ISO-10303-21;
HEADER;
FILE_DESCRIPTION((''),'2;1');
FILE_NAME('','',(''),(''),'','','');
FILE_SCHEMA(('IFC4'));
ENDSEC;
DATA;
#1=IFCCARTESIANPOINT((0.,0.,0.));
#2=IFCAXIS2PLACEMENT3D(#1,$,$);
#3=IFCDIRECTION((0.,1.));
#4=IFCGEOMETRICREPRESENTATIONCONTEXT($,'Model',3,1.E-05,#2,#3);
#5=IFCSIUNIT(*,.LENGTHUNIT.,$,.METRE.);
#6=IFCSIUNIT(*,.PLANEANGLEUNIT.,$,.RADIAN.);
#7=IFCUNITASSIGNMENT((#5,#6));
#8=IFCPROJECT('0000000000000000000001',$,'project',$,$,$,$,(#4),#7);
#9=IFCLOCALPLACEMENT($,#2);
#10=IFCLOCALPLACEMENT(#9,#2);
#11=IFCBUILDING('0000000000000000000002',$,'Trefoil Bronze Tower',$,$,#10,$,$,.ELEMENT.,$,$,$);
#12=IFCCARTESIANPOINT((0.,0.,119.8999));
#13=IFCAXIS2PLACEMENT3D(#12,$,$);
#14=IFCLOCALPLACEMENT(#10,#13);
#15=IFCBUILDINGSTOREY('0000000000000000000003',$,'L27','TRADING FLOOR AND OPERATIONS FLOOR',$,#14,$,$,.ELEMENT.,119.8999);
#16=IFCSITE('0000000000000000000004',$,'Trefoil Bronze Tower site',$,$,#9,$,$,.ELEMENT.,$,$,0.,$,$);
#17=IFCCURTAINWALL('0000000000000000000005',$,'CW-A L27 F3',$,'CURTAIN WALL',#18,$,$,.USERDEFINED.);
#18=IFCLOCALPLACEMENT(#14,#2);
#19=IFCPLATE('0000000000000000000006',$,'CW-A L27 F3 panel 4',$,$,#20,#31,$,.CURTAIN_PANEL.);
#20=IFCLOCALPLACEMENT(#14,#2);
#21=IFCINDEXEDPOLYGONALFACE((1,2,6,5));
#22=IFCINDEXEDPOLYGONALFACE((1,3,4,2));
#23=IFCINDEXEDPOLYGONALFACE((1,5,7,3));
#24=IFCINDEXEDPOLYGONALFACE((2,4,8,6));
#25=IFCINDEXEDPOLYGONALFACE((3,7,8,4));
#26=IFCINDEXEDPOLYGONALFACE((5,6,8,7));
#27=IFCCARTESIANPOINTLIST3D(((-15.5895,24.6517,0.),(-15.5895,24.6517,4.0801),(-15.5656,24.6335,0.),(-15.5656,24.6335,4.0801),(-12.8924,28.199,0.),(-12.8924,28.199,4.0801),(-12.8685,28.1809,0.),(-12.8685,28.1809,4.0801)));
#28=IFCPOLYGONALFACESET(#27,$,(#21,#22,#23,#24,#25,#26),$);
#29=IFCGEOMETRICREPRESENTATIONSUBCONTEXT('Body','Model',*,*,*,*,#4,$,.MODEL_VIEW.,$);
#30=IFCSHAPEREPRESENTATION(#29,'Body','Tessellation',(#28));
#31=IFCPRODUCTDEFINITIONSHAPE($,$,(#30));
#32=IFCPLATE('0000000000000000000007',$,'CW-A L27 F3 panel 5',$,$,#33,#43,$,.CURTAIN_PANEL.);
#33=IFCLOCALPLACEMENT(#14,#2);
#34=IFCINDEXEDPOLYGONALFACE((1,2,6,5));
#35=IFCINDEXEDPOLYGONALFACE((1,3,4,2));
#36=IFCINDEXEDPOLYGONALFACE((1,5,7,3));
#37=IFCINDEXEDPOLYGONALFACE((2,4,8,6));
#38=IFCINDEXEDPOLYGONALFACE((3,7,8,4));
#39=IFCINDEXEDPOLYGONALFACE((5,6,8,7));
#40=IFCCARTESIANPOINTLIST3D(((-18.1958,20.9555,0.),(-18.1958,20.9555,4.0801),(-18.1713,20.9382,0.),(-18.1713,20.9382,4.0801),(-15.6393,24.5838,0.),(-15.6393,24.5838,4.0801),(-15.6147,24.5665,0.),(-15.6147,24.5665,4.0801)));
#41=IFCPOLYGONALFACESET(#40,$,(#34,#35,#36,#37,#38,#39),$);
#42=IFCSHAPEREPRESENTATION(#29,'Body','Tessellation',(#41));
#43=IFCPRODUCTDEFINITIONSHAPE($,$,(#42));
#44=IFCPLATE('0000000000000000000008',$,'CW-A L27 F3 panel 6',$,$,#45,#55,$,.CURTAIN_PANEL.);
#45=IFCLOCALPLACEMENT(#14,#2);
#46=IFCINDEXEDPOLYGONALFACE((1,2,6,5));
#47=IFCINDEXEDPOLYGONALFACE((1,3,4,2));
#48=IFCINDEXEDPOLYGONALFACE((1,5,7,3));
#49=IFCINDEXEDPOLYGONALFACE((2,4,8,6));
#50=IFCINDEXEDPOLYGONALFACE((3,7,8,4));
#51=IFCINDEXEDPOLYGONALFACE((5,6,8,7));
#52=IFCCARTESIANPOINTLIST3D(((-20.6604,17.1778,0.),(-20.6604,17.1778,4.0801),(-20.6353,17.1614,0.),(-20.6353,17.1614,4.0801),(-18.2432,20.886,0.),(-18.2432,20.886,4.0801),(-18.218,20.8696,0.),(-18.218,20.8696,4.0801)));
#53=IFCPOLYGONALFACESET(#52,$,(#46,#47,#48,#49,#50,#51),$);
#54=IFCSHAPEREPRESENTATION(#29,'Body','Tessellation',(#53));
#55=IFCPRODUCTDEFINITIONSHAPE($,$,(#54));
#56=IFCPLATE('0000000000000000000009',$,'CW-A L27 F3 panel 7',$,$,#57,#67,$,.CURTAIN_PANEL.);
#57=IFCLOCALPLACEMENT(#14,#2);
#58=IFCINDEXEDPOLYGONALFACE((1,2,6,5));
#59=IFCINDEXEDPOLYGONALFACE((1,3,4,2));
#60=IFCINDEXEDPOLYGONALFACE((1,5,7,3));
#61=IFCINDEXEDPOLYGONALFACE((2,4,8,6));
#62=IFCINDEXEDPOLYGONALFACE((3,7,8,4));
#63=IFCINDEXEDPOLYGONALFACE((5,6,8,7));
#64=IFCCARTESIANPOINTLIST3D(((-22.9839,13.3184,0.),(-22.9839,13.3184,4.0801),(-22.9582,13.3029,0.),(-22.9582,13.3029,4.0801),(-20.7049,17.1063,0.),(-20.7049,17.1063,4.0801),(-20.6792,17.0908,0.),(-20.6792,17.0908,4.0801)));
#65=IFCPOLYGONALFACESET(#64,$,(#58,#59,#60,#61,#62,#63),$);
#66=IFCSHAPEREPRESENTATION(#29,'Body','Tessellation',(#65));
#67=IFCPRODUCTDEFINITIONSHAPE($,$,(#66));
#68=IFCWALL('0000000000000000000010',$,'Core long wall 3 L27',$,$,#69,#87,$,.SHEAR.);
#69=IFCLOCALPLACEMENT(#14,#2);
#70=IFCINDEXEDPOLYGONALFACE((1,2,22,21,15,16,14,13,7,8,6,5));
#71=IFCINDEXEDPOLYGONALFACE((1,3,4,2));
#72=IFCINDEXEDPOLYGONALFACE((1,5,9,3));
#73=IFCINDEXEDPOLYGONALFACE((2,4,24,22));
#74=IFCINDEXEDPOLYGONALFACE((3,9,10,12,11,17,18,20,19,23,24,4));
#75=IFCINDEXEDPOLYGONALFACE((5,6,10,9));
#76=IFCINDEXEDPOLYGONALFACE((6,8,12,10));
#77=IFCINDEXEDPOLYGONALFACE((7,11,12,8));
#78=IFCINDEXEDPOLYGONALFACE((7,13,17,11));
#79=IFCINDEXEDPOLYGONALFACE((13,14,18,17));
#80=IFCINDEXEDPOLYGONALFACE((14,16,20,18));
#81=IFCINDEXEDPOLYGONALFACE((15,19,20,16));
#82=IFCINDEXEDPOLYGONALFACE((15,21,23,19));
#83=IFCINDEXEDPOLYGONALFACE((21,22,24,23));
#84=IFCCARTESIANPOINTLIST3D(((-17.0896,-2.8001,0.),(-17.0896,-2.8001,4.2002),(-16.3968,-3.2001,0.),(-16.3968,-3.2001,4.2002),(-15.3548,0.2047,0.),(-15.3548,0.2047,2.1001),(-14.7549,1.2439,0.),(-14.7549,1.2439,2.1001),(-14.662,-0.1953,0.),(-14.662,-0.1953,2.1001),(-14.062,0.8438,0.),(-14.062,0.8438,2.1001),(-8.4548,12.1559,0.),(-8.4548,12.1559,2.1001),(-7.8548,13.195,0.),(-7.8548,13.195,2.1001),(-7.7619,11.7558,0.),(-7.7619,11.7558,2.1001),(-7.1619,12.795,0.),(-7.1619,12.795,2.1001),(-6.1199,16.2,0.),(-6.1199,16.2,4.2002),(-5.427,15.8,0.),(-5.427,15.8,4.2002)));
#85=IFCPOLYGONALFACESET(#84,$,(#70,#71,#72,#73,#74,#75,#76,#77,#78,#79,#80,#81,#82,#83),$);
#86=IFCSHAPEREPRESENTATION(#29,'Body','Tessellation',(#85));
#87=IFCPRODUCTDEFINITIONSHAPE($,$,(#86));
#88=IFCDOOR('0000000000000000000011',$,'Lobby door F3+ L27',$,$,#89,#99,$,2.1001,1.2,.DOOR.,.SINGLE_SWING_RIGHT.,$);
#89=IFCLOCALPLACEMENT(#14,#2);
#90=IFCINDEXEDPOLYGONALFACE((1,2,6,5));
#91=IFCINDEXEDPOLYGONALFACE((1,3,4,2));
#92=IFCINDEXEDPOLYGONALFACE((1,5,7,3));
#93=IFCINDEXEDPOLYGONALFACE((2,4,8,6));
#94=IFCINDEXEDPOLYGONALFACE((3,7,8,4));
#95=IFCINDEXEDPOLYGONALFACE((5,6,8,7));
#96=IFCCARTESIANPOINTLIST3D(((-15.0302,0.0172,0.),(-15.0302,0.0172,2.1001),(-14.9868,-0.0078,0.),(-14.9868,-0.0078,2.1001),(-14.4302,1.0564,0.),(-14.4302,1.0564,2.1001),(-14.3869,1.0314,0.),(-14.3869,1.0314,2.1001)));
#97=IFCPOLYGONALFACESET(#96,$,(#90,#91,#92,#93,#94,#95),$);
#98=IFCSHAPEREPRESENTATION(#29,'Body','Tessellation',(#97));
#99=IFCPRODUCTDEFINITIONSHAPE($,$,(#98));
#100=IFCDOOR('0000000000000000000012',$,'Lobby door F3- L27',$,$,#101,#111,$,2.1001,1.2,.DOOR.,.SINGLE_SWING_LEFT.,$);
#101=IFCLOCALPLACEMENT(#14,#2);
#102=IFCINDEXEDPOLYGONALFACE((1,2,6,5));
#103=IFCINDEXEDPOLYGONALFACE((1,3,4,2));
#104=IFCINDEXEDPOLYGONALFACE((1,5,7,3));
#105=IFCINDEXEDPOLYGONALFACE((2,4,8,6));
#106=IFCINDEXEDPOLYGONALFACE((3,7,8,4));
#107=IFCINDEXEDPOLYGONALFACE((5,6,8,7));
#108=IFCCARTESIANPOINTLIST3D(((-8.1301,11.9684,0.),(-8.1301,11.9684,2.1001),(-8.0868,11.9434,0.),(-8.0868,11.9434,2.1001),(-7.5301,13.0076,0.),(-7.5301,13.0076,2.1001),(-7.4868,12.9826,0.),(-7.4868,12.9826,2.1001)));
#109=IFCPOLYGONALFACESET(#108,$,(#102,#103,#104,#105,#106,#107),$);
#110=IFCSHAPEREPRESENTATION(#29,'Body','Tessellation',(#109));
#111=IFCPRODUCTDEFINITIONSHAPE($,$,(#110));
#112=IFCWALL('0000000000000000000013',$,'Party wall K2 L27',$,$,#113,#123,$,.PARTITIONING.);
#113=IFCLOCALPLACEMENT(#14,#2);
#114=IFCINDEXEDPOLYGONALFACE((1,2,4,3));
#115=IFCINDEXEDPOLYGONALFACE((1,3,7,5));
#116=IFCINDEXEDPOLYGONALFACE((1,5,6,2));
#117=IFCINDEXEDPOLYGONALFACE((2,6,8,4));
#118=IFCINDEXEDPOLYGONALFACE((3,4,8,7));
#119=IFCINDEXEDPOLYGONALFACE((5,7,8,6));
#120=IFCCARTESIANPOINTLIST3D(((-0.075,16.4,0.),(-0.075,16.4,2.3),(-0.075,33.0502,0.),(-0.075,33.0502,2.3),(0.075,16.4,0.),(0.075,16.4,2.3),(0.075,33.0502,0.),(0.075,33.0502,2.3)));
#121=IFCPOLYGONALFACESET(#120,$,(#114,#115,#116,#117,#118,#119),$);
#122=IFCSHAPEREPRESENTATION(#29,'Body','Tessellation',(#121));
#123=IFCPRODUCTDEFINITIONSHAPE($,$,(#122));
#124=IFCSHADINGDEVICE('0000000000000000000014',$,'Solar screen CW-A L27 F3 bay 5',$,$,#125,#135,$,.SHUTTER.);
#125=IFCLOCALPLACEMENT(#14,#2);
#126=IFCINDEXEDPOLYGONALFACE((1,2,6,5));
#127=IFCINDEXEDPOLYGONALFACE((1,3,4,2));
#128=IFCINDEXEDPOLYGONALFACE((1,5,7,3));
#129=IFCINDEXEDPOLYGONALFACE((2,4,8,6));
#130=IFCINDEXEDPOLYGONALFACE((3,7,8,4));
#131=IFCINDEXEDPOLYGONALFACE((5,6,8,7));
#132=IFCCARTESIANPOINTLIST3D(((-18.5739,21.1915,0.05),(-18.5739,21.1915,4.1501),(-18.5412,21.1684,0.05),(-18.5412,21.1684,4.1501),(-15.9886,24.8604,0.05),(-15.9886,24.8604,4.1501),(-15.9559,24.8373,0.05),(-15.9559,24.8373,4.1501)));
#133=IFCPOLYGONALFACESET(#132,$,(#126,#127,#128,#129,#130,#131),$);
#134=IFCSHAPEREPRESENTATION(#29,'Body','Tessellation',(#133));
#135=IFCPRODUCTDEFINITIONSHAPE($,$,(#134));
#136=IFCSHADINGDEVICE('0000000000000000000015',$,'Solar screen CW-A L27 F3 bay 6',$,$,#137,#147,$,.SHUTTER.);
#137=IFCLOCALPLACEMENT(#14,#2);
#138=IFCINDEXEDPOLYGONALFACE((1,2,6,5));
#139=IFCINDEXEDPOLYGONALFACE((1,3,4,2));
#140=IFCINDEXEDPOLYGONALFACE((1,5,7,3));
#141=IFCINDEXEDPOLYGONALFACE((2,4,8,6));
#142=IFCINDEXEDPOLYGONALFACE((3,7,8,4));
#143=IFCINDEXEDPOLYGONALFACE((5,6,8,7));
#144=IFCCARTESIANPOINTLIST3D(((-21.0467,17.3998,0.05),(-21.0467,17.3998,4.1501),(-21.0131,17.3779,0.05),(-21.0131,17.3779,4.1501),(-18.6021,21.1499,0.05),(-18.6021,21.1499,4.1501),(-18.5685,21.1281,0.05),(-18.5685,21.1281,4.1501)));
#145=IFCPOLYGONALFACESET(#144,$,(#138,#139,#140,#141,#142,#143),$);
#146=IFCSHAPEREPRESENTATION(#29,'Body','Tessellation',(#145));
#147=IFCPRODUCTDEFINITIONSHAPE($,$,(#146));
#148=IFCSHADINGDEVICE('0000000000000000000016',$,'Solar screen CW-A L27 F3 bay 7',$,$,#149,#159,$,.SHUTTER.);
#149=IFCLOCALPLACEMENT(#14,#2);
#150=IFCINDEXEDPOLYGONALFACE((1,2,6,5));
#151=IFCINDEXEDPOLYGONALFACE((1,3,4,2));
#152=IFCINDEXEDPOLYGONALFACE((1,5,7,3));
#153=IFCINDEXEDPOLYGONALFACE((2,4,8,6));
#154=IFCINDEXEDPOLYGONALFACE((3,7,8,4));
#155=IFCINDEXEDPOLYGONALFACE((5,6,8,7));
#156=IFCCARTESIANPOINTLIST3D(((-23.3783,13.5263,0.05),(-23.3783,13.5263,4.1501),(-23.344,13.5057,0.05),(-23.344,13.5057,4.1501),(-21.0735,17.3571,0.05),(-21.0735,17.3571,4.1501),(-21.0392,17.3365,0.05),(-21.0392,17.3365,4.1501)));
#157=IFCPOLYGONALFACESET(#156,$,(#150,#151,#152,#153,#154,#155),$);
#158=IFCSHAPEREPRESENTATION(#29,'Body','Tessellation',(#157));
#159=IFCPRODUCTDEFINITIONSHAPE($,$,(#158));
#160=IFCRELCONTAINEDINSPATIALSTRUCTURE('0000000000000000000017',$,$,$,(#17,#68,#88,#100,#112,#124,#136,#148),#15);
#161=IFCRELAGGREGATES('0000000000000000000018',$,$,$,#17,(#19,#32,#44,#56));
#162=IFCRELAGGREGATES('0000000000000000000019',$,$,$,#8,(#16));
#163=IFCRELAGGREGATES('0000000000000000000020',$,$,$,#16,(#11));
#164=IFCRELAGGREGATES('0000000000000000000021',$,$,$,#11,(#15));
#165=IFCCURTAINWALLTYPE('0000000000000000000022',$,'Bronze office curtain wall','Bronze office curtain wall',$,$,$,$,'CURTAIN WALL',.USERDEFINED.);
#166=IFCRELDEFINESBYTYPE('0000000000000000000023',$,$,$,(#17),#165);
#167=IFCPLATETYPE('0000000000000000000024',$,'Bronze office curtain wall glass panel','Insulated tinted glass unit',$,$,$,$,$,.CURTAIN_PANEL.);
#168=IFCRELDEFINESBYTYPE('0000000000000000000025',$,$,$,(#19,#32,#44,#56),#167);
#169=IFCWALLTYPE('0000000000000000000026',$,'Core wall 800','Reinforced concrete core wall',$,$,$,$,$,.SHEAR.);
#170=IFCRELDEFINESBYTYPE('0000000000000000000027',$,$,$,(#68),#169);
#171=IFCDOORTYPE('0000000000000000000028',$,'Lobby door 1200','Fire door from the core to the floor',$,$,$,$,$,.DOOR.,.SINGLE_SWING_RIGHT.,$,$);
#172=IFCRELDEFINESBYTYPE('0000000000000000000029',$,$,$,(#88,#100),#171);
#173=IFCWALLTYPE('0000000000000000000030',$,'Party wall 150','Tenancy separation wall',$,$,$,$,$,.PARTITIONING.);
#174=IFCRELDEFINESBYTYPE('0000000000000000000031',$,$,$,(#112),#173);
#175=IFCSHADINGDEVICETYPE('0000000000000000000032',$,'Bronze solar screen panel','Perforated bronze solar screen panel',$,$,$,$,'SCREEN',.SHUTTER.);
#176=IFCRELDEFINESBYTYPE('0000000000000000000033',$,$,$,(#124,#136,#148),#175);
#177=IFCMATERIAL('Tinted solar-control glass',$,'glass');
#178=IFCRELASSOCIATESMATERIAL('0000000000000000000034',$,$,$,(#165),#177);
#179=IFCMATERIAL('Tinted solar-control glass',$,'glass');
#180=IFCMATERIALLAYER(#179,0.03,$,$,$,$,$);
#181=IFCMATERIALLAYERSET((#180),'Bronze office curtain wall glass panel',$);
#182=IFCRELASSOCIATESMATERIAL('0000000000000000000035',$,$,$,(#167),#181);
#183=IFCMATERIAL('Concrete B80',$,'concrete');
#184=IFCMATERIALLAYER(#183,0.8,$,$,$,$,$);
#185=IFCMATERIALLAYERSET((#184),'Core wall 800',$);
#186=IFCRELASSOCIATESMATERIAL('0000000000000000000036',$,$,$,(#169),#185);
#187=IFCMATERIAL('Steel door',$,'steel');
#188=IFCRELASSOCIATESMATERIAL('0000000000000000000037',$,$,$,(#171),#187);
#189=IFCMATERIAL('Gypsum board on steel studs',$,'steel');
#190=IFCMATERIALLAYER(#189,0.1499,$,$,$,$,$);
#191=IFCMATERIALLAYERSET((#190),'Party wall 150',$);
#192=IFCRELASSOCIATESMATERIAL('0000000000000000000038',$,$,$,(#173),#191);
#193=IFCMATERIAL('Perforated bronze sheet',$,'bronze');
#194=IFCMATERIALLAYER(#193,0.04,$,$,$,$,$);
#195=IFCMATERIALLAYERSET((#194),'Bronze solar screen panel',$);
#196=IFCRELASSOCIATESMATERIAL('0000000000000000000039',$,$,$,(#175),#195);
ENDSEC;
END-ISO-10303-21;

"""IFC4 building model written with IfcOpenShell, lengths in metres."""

from ifc_helpers import new_model, si_unit, direction, frame, frame_2d, origin, origin_2d, place, context, subcontext, project, spatial, rectangle, extrude, material, layer, layer_set, type_object, element, fill, aggregate, save


model = new_model("IFC4")

# Units and contexts
model_context = context("Model", 3, precision=1e-05, world=origin(), true_north=direction((0.0, 1.0)))
body_context = subcontext(model_context, "Body", "Model", "MODEL_VIEW")
ifc_project = project(units=[si_unit("LENGTHUNIT", "METRE"), si_unit("PLANEANGLEUNIT", "RADIAN")], contexts=[model_context])

# Site, building, storey
site_placement = place(None, origin())
site = spatial("IfcSite", under=ifc_project, at=site_placement, Name="Trefoil Bronze Tower site", CompositionType="ELEMENT", RefElevation=0.0)
building_placement = place(site_placement, origin())
building = spatial("IfcBuilding", under=site, at=building_placement, Name="Trefoil Bronze Tower", CompositionType="ELEMENT")
storey_placement = place(building_placement, frame((0.0, 0.0, 119.8999)))
storey = spatial("IfcBuildingStorey", under=building, at=storey_placement, Name="L27", Description="TRADING FLOOR AND OPERATIONS FLOOR", CompositionType="ELEMENT", Elevation=119.8999)

# Curtain wall
ifc_material_1 = material(Name="Tinted solar-control glass", Category="glass")
curtain_wall_type = type_object("IfcCurtainWallType", Name="Bronze office curtain wall", Description="Bronze office curtain wall", ElementType="CURTAIN WALL", PredefinedType="USERDEFINED", material=ifc_material_1)
curtain_wall_placement = place(storey_placement, origin())
curtain_wall = element("IfcCurtainWall", 1, at=curtain_wall_placement, inside=storey, type_object=curtain_wall_type, Name="CW-A L27 F3", ObjectType="CURTAIN WALL", PredefinedType="USERDEFINED")

# Plates
ifc_material_2 = material(Name="Tinted solar-control glass", Category="glass")
ifc_layer_1 = layer(ifc_material_2, 0.03)
ifc_layer_set_1 = layer_set([ifc_layer_1], Name="Bronze office curtain wall glass panel")
plate_type = type_object("IfcPlateType", Name="Bronze office curtain wall glass panel", Description="Insulated tinted glass unit", PredefinedType="CURTAIN_PANEL", material=ifc_layer_set_1)
plate_1_placement = place(storey_placement, frame((-14.229, 26.4163, 0.0), z_axis=(0.0, 0.0, 1.0), x_axis=(-0.605252, -0.796034, 0.0)))
plate_1 = element("IfcPlate", 2, at=plate_1_placement, type_object=plate_type, Name="CW-A L27 F3 panel 4", PredefinedType="CURTAIN_PANEL", context=body_context, shape_type="SweptSolid", body=[
    extrude(rectangle(XDim=4.4563, YDim=0.03, at=origin_2d()), origin(), (0.0, 0.0, 1.0), 4.0801),
])
plate_2_placement = place(storey_placement, frame((-16.9053, 22.761, 0.0), z_axis=(0.0, 0.0, 1.0), x_axis=(-0.575999, -0.81745, 0.0)))
plate_2 = element("IfcPlate", 3, at=plate_2_placement, type_object=plate_type, Name="CW-A L27 F3 panel 5", PredefinedType="CURTAIN_PANEL", context=body_context, shape_type="SweptSolid", body=[
    extrude(rectangle(XDim=4.4385, YDim=0.03, at=origin_2d()), origin(), (0.0, 0.0, 1.0), 4.0801),
])
plate_3_placement = place(storey_placement, frame((-19.4392, 19.0237, 0.0), z_axis=(0.0, 0.0, 1.0), x_axis=(-0.546089, -0.837727, 0.0)))
plate_3 = element("IfcPlate", 4, at=plate_3_placement, type_object=plate_type, Name="CW-A L27 F3 panel 6", PredefinedType="CURTAIN_PANEL", context=body_context, shape_type="SweptSolid", body=[
    extrude(rectangle(XDim=4.4265, YDim=0.03, at=origin_2d()), origin(), (0.0, 0.0, 1.0), 4.0801),
])
plate_4_placement = place(storey_placement, frame((-21.8315, 15.2046, 0.0), z_axis=(0.0, 0.0, 1.0), x_axis=(-0.515525, -0.856874, 0.0)))
plate_4 = element("IfcPlate", 5, at=plate_4_placement, type_object=plate_type, Name="CW-A L27 F3 panel 7", PredefinedType="CURTAIN_PANEL", context=body_context, shape_type="SweptSolid", body=[
    extrude(rectangle(XDim=4.4207, YDim=0.03, at=origin_2d()), origin(), (0.0, 0.0, 1.0), 4.0801),
])
aggregate(curtain_wall, [plate_1, plate_2, plate_3, plate_4])

# Wall, openings, doors
ifc_material_3 = material(Name="Concrete B80", Category="concrete")
ifc_layer_2 = layer(ifc_material_3, 0.8)
ifc_layer_set_2 = layer_set([ifc_layer_2], Name="Core wall 800")
wall_type_1 = type_object("IfcWallType", Name="Core wall 800", Description="Reinforced concrete core wall", PredefinedType="SHEAR", material=ifc_layer_set_2)
wall_1_placement = place(storey_placement, frame((-5.7734, 16.0, 0.0), z_axis=(0.0, 0.0, 1.0), x_axis=(-0.500002, -0.866024, 0.0)))
wall_1 = element("IfcWall", 6, at=wall_1_placement, inside=storey, type_object=wall_type_1, Name="Core long wall 3 L27", PredefinedType="SHEAR", context=body_context, shape_type="SweptSolid", body=[
    extrude(rectangle(XDim=21.9395, YDim=0.8, at=frame_2d((10.9697, 0.0))), origin(), (0.0, 0.0, 1.0), 4.2002),
])
opening_1_placement = place(wall_1_placement, frame((17.2698, 0.0, 0.0)))
opening_1 = element("IfcOpeningElement", 7, at=opening_1_placement, cuts=wall_1, PredefinedType="OPENING", context=body_context, shape_type="SweptSolid", body=[
    extrude(rectangle(XDim=1.2, YDim=2.1001, at=frame_2d((0.6001, 1.05))), frame((0.0, 0.4099, 0.0), z_axis=(0.0, -1.0, 0.0), x_axis=(1.0, 0.0, 0.0)), (0.0, 0.0, 1.0), 0.8201),
])
opening_2_placement = place(wall_1_placement, frame((3.4697, 0.0, 0.0)))
opening_2 = element("IfcOpeningElement", 8, at=opening_2_placement, cuts=wall_1, PredefinedType="OPENING", context=body_context, shape_type="SweptSolid", body=[
    extrude(rectangle(XDim=1.2, YDim=2.1001, at=frame_2d((0.6001, 1.05))), frame((0.0, 0.4099, 0.0), z_axis=(0.0, -1.0, 0.0), x_axis=(1.0, 0.0, 0.0)), (0.0, 0.0, 1.0), 0.8201),
])
ifc_material_4 = material(Name="Steel door", Category="steel")
door_type = type_object("IfcDoorType", Name="Lobby door 1200", Description="Fire door from the core to the floor", OperationType="SINGLE_SWING_RIGHT", PredefinedType="DOOR", material=ifc_material_4)
door_1_placement = place(opening_1_placement, origin())
door_1 = element("IfcDoor", 9, at=door_1_placement, inside=storey, type_object=door_type, Name="Lobby door F3+ L27", OperationType="SINGLE_SWING_RIGHT", OverallHeight=2.1001, OverallWidth=1.2, PredefinedType="DOOR", context=body_context, shape_type="SweptSolid", body=[
    extrude(rectangle(XDim=1.2, YDim=2.1001, at=frame_2d((0.6001, 1.05))), frame((0.0, 0.0249, 0.0), z_axis=(0.0, -1.0, 0.0), x_axis=(1.0, 0.0, 0.0)), (0.0, 0.0, 1.0), 0.05),
])
fill(opening_1, door_1)
door_2_placement = place(opening_2_placement, origin())
door_2 = element("IfcDoor", 10, at=door_2_placement, inside=storey, type_object=door_type, Name="Lobby door F3- L27", OperationType="SINGLE_SWING_LEFT", OverallHeight=2.1001, OverallWidth=1.2, PredefinedType="DOOR", context=body_context, shape_type="SweptSolid", body=[
    extrude(rectangle(XDim=1.2, YDim=2.1001, at=frame_2d((0.6001, 1.05))), frame((0.0, 0.0249, 0.0), z_axis=(0.0, -1.0, 0.0), x_axis=(1.0, 0.0, 0.0)), (0.0, 0.0, 1.0), 0.05),
])
fill(opening_2, door_2)

# Wall
ifc_material_5 = material(Name="Gypsum board on steel studs", Category="steel")
ifc_layer_3 = layer(ifc_material_5, 0.1499)
ifc_layer_set_3 = layer_set([ifc_layer_3], Name="Party wall 150")
wall_type_2 = type_object("IfcWallType", Name="Party wall 150", Description="Tenancy separation wall", PredefinedType="PARTITIONING", material=ifc_layer_set_3)
wall_2_placement = place(storey_placement, frame((0.0, 16.3999, 0.0), z_axis=(0.0, 0.0, 1.0), x_axis=(0.0, 1.0, 0.0)))
element("IfcWall", 11, at=wall_2_placement, inside=storey, type_object=wall_type_2, Name="Party wall K2 L27", PredefinedType="PARTITIONING", context=body_context, shape_type="SweptSolid", body=[
    extrude(rectangle(XDim=16.6501, YDim=0.1499, at=frame_2d((8.3252, 0.0))), origin(), (0.0, 0.0, 1.0), 2.3),
])

# Shading devices
ifc_material_6 = material(Name="Perforated bronze sheet", Category="bronze")
ifc_layer_4 = layer(ifc_material_6, 0.04)
ifc_layer_set_4 = layer_set([ifc_layer_4], Name="Bronze solar screen panel")
shading_device_type = type_object("IfcShadingDeviceType", Name="Bronze solar screen panel", Description="Perforated bronze solar screen panel", ElementType="SCREEN", PredefinedType="SHUTTER", material=ifc_layer_set_4)
shading_device_1_placement = place(storey_placement, frame((-17.2649, 23.0144, 0.05), z_axis=(0.0, 0.0, 1.0), x_axis=(-0.575999, -0.81745, 0.0)))
element("IfcShadingDevice", 12, at=shading_device_1_placement, inside=storey, type_object=shading_device_type, Name="Solar screen CW-A L27 F3 bay 5", PredefinedType="SHUTTER", context=body_context, shape_type="SweptSolid", body=[
    extrude(rectangle(XDim=4.4883, YDim=0.04, at=origin_2d()), origin(), (0.0, 0.0, 1.0), 4.1001),
])
shading_device_2_placement = place(storey_placement, frame((-19.8076, 19.2639, 0.05), z_axis=(0.0, 0.0, 1.0), x_axis=(-0.546089, -0.837727, 0.0)))
element("IfcShadingDevice", 13, at=shading_device_2_placement, inside=storey, type_object=shading_device_type, Name="Solar screen CW-A L27 F3 bay 6", PredefinedType="SHUTTER", context=body_context, shape_type="SweptSolid", body=[
    extrude(rectangle(XDim=4.4766, YDim=0.04, at=origin_2d()), origin(), (0.0, 0.0, 1.0), 4.1001),
])
shading_device_3_placement = place(storey_placement, frame((-22.2087, 15.4314, 0.05), z_axis=(0.0, 0.0, 1.0), x_axis=(-0.515525, -0.856874, 0.0)))
element("IfcShadingDevice", 14, at=shading_device_3_placement, inside=storey, type_object=shading_device_type, Name="Solar screen CW-A L27 F3 bay 7", PredefinedType="SHUTTER", context=body_context, shape_type="SweptSolid", body=[
    extrude(rectangle(XDim=4.4707, YDim=0.04, at=origin_2d()), origin(), (0.0, 0.0, 1.0), 4.1001),
])

save(model, "model.ifc")
